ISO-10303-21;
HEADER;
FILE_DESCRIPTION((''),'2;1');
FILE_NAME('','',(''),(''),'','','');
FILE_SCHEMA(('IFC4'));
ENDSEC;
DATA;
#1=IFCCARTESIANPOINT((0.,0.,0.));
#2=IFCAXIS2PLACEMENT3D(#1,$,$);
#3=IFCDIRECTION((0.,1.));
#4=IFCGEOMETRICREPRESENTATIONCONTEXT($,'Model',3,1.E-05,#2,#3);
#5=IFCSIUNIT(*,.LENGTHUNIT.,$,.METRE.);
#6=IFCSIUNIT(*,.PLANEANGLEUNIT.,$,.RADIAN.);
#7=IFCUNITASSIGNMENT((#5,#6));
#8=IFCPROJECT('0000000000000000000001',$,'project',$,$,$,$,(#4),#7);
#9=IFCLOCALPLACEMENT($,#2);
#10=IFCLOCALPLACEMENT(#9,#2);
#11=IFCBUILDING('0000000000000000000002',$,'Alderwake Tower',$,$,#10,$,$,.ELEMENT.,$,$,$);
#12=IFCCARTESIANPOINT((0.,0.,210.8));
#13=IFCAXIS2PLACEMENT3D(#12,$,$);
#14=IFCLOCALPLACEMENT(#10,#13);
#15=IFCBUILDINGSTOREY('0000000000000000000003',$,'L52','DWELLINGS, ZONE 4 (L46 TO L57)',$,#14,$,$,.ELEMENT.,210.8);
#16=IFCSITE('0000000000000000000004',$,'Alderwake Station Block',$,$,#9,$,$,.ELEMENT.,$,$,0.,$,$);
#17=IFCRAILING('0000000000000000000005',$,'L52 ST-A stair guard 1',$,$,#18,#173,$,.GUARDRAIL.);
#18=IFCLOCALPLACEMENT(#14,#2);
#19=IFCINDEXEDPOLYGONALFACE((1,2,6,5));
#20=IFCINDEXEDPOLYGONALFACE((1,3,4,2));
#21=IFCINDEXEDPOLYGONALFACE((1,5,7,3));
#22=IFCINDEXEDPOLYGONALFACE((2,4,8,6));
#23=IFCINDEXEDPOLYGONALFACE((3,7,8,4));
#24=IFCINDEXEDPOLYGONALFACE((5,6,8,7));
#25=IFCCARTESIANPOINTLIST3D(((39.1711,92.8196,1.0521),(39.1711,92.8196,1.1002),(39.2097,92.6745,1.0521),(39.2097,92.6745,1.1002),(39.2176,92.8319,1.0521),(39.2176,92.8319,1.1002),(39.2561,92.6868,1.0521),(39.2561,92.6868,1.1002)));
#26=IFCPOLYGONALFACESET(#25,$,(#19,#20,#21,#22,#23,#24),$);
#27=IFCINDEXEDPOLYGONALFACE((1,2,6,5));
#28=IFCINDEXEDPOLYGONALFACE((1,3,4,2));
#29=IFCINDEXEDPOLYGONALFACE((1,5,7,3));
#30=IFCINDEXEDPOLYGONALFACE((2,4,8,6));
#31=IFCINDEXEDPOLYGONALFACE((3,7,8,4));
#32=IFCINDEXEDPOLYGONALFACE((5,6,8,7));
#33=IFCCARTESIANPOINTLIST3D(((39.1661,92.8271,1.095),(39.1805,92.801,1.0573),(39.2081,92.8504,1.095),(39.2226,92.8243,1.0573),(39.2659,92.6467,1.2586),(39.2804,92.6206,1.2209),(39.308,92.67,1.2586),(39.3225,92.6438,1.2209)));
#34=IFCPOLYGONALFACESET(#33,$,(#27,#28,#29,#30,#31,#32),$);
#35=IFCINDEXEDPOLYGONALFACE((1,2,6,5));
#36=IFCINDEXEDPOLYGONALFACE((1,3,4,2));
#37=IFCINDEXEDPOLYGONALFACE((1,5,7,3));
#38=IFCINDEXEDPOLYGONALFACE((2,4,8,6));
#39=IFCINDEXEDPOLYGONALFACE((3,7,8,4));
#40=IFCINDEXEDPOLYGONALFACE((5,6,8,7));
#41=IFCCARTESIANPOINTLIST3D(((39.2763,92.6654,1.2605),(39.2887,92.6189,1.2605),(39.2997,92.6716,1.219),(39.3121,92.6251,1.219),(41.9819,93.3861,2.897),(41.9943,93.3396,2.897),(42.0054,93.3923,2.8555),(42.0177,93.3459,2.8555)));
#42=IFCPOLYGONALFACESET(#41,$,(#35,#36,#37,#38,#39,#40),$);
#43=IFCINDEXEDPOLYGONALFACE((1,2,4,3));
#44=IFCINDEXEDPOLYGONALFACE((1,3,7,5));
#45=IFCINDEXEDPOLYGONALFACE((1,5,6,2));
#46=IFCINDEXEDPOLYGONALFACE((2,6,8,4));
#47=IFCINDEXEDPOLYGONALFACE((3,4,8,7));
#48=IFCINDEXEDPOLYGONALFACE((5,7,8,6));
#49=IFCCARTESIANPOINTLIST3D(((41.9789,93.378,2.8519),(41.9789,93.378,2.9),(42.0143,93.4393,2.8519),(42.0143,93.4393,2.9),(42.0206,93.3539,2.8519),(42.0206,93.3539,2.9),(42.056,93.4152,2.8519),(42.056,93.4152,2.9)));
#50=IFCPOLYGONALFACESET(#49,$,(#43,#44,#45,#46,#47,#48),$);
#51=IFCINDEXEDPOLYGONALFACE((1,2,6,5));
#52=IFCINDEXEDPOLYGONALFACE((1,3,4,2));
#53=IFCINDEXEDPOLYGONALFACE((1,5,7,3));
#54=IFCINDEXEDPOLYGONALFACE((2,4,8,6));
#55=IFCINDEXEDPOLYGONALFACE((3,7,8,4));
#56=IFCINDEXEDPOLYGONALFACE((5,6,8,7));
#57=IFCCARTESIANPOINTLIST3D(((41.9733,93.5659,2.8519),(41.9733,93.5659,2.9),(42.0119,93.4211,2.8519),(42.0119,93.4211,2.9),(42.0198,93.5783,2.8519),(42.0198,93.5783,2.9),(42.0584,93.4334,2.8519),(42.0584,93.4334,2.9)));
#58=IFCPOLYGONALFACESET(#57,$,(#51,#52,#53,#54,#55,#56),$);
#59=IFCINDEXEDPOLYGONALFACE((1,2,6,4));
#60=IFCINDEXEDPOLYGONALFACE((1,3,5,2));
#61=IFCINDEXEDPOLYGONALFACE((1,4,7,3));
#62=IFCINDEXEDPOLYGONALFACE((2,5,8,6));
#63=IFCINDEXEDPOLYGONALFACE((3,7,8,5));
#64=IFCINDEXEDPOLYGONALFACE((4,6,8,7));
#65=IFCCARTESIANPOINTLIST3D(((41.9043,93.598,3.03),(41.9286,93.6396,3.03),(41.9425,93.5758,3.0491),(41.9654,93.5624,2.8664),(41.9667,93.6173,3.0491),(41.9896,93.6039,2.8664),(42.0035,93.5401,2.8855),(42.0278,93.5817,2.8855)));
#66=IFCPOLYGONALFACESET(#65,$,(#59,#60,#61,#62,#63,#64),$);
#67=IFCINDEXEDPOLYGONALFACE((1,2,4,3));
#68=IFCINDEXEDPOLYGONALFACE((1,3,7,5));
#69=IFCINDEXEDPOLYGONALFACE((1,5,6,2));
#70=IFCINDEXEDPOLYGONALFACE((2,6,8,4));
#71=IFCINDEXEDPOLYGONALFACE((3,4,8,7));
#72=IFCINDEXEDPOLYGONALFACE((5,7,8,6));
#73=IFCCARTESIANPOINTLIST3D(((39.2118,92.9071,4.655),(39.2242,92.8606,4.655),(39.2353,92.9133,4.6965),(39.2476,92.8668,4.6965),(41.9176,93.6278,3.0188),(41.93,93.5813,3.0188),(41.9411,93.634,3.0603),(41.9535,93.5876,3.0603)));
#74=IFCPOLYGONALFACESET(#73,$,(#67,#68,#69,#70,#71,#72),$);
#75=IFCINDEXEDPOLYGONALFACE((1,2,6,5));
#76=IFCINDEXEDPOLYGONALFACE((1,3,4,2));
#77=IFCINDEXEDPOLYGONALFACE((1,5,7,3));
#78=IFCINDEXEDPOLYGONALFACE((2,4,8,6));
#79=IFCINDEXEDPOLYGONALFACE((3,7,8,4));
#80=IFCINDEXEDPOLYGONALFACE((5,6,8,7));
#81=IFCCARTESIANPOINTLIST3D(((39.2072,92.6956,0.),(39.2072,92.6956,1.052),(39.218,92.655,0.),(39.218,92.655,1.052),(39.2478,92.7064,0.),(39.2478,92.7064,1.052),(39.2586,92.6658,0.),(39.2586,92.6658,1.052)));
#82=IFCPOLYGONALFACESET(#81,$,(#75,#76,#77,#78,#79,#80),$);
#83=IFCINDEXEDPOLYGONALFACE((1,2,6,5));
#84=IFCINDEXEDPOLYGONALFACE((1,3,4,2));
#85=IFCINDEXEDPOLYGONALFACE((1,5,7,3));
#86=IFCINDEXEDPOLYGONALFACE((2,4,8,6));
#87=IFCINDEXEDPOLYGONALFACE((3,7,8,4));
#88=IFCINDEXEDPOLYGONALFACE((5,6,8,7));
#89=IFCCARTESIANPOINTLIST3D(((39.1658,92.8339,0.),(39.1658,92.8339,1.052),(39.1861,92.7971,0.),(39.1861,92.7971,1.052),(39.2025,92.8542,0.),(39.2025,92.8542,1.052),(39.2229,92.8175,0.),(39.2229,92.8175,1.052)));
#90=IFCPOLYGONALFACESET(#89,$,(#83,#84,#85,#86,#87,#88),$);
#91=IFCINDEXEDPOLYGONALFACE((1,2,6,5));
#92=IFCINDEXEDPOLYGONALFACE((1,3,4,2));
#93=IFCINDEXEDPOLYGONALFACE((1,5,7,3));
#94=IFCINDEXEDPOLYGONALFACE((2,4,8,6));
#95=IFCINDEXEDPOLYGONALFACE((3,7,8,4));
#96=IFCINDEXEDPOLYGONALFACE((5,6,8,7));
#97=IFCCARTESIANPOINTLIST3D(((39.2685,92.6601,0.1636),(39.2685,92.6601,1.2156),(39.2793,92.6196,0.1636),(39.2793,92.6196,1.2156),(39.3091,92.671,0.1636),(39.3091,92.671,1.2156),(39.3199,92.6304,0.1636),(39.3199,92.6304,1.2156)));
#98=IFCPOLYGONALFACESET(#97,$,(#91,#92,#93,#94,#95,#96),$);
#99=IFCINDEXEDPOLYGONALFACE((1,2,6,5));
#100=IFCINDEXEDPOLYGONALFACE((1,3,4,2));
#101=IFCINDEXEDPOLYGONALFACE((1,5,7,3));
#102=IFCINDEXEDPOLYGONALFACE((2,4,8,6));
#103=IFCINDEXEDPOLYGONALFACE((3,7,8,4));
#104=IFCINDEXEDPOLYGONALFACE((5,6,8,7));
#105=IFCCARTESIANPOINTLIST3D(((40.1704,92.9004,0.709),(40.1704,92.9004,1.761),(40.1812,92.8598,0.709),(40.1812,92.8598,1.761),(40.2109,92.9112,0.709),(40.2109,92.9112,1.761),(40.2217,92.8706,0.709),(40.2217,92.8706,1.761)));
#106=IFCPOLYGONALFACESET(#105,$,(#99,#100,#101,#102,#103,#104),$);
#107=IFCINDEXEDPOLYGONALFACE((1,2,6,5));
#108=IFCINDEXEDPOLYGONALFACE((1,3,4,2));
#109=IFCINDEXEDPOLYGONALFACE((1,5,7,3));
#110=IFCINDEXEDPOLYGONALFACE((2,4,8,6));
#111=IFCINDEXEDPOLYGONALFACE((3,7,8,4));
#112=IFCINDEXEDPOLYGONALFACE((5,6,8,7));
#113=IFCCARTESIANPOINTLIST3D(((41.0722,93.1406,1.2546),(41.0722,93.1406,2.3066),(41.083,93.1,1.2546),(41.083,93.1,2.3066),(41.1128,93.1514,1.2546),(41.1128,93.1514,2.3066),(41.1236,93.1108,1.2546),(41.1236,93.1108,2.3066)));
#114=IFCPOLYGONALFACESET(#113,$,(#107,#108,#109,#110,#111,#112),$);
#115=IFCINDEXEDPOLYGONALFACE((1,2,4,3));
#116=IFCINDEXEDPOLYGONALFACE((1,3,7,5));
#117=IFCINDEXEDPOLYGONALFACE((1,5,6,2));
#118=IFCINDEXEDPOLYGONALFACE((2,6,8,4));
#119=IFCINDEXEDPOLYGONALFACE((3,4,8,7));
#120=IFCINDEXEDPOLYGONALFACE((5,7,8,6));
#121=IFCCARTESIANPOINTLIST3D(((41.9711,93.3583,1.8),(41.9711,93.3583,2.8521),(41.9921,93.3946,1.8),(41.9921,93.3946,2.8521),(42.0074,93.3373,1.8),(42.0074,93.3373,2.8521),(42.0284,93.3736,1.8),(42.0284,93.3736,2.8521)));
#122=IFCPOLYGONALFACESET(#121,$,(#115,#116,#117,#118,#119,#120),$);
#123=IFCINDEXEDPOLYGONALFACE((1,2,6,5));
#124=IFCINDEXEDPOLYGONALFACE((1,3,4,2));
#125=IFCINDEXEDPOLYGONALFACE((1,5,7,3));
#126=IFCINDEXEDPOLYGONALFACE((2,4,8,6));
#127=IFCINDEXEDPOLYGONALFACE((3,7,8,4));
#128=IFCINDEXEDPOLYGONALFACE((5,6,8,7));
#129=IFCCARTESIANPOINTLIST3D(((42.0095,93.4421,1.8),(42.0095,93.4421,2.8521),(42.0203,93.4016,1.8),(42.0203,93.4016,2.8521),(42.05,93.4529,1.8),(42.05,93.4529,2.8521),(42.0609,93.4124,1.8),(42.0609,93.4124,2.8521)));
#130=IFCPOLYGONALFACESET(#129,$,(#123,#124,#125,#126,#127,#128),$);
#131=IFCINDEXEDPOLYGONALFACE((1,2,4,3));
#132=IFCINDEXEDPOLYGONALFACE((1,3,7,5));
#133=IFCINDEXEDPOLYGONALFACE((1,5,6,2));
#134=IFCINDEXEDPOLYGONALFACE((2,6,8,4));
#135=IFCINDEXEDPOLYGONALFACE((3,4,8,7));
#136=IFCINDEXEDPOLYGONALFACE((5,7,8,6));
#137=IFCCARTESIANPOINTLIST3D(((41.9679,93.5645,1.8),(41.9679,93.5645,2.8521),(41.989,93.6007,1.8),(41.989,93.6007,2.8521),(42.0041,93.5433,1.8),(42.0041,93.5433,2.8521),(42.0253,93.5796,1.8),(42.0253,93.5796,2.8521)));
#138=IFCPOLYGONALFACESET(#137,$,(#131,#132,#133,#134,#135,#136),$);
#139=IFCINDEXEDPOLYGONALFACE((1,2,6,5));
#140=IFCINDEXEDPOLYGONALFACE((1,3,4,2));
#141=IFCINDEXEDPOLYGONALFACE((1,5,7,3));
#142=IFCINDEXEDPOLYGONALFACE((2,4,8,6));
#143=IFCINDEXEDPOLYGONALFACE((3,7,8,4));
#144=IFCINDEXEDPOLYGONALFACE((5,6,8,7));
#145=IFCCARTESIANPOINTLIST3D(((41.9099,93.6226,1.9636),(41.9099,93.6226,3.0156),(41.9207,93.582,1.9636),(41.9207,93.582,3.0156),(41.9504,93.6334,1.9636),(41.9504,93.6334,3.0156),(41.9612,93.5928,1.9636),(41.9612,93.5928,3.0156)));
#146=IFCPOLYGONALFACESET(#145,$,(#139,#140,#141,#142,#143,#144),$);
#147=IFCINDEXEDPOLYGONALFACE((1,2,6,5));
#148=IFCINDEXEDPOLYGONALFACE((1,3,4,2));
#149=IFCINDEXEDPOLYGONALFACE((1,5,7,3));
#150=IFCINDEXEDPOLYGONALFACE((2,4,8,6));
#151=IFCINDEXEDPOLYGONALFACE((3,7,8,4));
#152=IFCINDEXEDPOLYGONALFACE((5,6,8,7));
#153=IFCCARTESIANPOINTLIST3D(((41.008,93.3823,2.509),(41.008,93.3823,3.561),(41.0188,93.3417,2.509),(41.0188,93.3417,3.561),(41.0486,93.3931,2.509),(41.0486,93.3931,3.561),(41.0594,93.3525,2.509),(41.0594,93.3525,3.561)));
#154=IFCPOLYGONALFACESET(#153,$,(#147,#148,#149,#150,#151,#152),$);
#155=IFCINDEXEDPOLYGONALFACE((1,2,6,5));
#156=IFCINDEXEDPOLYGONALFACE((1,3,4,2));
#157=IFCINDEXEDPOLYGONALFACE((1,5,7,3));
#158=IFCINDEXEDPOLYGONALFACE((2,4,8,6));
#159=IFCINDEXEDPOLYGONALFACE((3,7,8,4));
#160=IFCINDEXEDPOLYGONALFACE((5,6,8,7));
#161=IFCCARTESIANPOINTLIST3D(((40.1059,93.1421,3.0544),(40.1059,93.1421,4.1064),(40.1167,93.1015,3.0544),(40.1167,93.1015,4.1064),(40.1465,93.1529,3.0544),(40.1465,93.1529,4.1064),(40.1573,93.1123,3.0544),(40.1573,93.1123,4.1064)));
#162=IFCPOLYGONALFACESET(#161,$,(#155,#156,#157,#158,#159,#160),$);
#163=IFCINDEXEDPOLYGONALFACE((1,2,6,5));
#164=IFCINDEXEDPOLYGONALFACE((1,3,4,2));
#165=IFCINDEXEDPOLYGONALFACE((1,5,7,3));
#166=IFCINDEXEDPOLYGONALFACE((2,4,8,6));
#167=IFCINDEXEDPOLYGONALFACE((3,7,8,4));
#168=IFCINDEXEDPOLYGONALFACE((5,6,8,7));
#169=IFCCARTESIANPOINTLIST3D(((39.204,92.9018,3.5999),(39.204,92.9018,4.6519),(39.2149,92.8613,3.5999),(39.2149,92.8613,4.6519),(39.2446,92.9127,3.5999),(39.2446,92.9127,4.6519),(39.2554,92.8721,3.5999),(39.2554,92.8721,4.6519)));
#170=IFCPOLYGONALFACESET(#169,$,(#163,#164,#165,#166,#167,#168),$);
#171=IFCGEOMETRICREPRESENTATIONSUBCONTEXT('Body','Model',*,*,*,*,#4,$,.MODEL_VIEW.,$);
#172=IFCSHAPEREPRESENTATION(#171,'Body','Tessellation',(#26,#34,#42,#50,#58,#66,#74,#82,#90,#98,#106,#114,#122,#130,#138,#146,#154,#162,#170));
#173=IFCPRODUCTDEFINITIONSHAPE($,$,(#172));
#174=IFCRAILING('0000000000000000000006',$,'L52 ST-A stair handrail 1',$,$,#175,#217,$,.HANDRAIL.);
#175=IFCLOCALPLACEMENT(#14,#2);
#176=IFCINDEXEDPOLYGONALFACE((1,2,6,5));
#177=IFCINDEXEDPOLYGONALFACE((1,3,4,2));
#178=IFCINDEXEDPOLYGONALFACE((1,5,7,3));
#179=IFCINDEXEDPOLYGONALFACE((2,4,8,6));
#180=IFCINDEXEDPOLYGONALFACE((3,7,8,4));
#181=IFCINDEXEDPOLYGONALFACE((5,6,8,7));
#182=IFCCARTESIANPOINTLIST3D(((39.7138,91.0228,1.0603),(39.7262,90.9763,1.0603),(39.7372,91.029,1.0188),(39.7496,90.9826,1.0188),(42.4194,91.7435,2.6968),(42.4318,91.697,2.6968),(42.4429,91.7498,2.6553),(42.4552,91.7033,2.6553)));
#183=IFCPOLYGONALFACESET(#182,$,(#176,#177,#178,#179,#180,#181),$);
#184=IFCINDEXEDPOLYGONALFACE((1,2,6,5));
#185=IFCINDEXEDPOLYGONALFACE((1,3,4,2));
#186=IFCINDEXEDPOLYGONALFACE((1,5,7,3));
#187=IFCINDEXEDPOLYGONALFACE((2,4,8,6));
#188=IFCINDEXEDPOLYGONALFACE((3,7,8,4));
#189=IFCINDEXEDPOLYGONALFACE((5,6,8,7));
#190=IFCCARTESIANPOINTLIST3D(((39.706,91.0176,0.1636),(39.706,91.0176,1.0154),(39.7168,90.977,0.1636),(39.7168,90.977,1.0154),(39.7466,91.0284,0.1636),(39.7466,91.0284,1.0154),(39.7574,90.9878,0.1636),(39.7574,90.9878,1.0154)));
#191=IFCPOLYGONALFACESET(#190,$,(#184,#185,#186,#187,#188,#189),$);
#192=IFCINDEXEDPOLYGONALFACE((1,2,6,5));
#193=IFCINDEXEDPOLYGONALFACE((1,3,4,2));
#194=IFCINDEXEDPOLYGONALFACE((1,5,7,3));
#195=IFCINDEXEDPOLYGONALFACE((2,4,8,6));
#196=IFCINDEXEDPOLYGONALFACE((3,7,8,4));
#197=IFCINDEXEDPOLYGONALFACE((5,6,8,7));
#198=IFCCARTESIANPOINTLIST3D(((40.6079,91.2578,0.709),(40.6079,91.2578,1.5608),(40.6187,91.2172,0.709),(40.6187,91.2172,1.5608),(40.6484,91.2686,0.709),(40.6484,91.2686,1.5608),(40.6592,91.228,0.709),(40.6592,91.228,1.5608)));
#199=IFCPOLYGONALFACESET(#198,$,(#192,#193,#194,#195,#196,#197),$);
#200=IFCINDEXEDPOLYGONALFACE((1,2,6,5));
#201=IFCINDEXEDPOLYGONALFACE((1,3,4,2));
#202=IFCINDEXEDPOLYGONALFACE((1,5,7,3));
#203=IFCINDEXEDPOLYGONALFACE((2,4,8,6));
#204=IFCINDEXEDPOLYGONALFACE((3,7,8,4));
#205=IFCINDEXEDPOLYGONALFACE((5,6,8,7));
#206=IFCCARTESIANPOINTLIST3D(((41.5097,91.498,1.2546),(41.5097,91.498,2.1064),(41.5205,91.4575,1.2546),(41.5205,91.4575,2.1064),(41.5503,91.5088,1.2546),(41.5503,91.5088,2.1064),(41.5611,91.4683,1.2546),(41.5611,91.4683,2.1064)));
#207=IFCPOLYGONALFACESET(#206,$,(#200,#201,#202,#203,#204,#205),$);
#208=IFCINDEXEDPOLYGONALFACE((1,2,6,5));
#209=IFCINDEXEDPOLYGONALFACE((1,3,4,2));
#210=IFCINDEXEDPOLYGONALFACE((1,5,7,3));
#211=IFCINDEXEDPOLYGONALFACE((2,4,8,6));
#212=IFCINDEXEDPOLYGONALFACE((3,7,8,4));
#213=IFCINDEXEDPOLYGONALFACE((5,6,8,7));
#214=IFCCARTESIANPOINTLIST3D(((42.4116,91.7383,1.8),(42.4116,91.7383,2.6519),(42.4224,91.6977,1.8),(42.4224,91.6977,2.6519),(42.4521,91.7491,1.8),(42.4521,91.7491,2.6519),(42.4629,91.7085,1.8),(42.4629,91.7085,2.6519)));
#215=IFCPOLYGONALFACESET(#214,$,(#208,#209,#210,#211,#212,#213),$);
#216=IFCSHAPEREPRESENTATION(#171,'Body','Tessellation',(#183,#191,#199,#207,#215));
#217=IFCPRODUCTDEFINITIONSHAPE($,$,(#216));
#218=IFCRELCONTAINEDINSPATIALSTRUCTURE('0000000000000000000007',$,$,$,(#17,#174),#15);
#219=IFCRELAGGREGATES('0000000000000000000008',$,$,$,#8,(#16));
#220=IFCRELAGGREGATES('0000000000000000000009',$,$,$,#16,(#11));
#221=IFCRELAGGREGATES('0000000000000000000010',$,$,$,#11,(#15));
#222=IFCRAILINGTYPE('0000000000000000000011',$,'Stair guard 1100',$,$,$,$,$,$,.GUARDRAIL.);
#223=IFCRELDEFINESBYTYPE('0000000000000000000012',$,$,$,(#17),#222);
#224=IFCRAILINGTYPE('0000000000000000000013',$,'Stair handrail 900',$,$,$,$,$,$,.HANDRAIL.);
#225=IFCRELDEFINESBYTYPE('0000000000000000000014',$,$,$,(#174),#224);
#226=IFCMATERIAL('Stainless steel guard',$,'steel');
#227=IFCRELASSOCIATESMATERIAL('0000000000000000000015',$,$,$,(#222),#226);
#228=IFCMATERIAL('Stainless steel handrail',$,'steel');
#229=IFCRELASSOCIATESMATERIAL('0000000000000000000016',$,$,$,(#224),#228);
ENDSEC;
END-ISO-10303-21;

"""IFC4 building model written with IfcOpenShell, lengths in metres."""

from ifc_helpers import new_model, si_unit, direction, frame, origin, origin_2d, place, context, subcontext, project, spatial, rectangle, extrude, material, type_object, element, save


model = new_model("IFC4")

# Units and contexts
model_context = context("Model", 3, precision=1e-05, world=origin(), true_north=direction((0.0, 1.0)))
body_context = subcontext(model_context, "Body", "Model", "MODEL_VIEW")
ifc_project = project(units=[si_unit("LENGTHUNIT", "METRE"), si_unit("PLANEANGLEUNIT", "RADIAN")], contexts=[model_context])

# Site, building, storey
site_placement = place(None, origin())
site = spatial("IfcSite", under=ifc_project, at=site_placement, Name="Alderwake Station Block", CompositionType="ELEMENT", RefElevation=0.0)
building_placement = place(site_placement, origin())
building = spatial("IfcBuilding", under=site, at=building_placement, Name="Alderwake Tower", CompositionType="ELEMENT")
storey_placement = place(building_placement, frame((0.0, 0.0, 210.8)))
storey = spatial("IfcBuildingStorey", under=building, at=storey_placement, Name="L52", Description="DWELLINGS, ZONE 4 (L46 TO L57)", CompositionType="ELEMENT", Elevation=210.8)

# Railings
ifc_material_1 = material(Name="Stainless steel guard", Category="steel")
railing_type_1 = type_object("IfcRailingType", Name="Stair guard 1100", PredefinedType="GUARDRAIL", material=ifc_material_1)
railing_1_placement = place(storey_placement, frame((39.2329, 92.6807, 0.0)))
element("IfcRailing", 1, at=railing_1_placement, inside=storey, type_object=railing_type_1, Name="L52 ST-A stair guard 1", PredefinedType="GUARDRAIL", context=body_context, shape_type="SweptSolid", body=[
    extrude(rectangle(XDim=0.0481, YDim=0.0481, at=origin_2d()), frame((0.0, 0.0, 1.0762), z_axis=(-0.257055, 0.966397, 0.0), x_axis=(-0.966397, -0.257055, 0.0)), (0.0, 0.0, 1.0), 0.1501),
    extrude(rectangle(XDim=0.0481, YDim=0.0481, at=origin_2d()), frame((-0.0386, 0.145, 1.0762), z_axis=(0.379371, -0.685464, 0.621463), x_axis=(0.874938, 0.484235, 0.0)), (0.0, 0.0, 1.0), 0.2632),
    extrude(rectangle(XDim=0.0481, YDim=0.0481, at=origin_2d()), frame((0.0613, -0.0354, 1.2397), z_axis=(0.834259, 0.222228, 0.504605), x_axis=(-0.257402, 0.966304, 0.0)), (0.0, 0.0, 1.0), 3.2432),
    extrude(rectangle(XDim=0.0481, YDim=0.0481, at=origin_2d()), frame((2.7668, 0.6853, 2.876), z_axis=(0.50022, 0.865898, 0.0), x_axis=(-0.865898, 0.50022, 0.0)), (0.0, 0.0, 1.0), 0.0708),
    extrude(rectangle(XDim=0.0481, YDim=0.0481, at=origin_2d()), frame((2.8022, 0.7466, 2.876), z_axis=(-0.25746, 0.966289, 0.0), x_axis=(-0.966289, -0.25746, 0.0)), (0.0, 0.0, 1.0), 0.1499),
    extrude(rectangle(XDim=0.0481, YDim=0.0481, at=origin_2d()), frame((2.7637, 0.8914, 2.876), z_axis=(-0.342525, 0.200035, 0.917967), x_axis=(-0.5043, -0.863528, 0.0)), (0.0, 0.0, 1.0), 0.1782),
    extrude(rectangle(XDim=0.0481, YDim=0.0481, at=origin_2d()), frame((2.7026, 0.927, 3.0396), z_axis=(-0.834314, -0.222223, 0.504518), x_axis=(0.25738, -0.96631, 0.0)), (0.0, 0.0, 1.0), 3.2432),
    extrude(rectangle(XDim=0.042, YDim=0.042, at=origin_2d()), frame((0.0, 0.0, 0.0), z_axis=(0.0, 0.0, 1.0), x_axis=(-0.257055, 0.966397, 0.0)), (0.0, 0.0, 1.0), 1.052),
    extrude(rectangle(XDim=0.042, YDim=0.042, at=origin_2d()), frame((-0.0386, 0.145, 0.0), z_axis=(0.0, 0.0, 1.0), x_axis=(0.484235, -0.874938, 0.0)), (0.0, 0.0, 1.0), 1.052),
    extrude(rectangle(XDim=0.042, YDim=0.042, at=origin_2d()), frame((0.0613, -0.0354, 0.1636), z_axis=(0.0, 0.0, 1.0), x_axis=(0.966304, 0.257402, 0.0)), (0.0, 0.0, 1.0), 1.052),
    extrude(rectangle(XDim=0.042, YDim=0.042, at=origin_2d()), frame((0.9631, 0.2048, 0.709), z_axis=(0.0, 0.0, 1.0), x_axis=(0.966304, 0.257402, 0.0)), (0.0, 0.0, 1.0), 1.052),
    extrude(rectangle(XDim=0.042, YDim=0.042, at=origin_2d()), frame((1.865, 0.4451, 1.2546), z_axis=(0.0, 0.0, 1.0), x_axis=(0.966304, 0.257402, 0.0)), (0.0, 0.0, 1.0), 1.052),
    extrude(rectangle(XDim=0.042, YDim=0.042, at=origin_2d()), frame((2.7668, 0.6853, 1.8), z_axis=(0.0, 0.0, 1.0), x_axis=(0.50022, 0.865898, 0.0)), (0.0, 0.0, 1.0), 1.052),
    extrude(rectangle(XDim=0.042, YDim=0.042, at=origin_2d()), frame((2.8022, 0.7466, 1.8), z_axis=(0.0, 0.0, 1.0), x_axis=(-0.25746, 0.966289, 0.0)), (0.0, 0.0, 1.0), 1.052),
    extrude(rectangle(XDim=0.042, YDim=0.042, at=origin_2d()), frame((2.7637, 0.8914, 1.8), z_axis=(0.0, 0.0, 1.0), x_axis=(-0.863528, 0.5043, 0.0)), (0.0, 0.0, 1.0), 1.052),
    extrude(rectangle(XDim=0.042, YDim=0.042, at=origin_2d()), frame((2.7026, 0.927, 1.9636), z_axis=(0.0, 0.0, 1.0), x_axis=(-0.96631, -0.25738, 0.0)), (0.0, 0.0, 1.0), 1.052),
    extrude(rectangle(XDim=0.042, YDim=0.042, at=origin_2d()), frame((1.8008, 0.6868, 2.509), z_axis=(0.0, 0.0, 1.0), x_axis=(-0.96631, -0.25738, 0.0)), (0.0, 0.0, 1.0), 1.052),
    extrude(rectangle(XDim=0.042, YDim=0.042, at=origin_2d()), frame((0.8987, 0.4465, 3.0544), z_axis=(0.0, 0.0, 1.0), x_axis=(-0.96631, -0.25738, 0.0)), (0.0, 0.0, 1.0), 1.052),
    extrude(rectangle(XDim=0.042, YDim=0.042, at=origin_2d()), frame((-0.0032, 0.2063, 3.5999), z_axis=(0.0, 0.0, 1.0), x_axis=(-0.96631, -0.25738, 0.0)), (0.0, 0.0, 1.0), 1.052),
])
ifc_material_2 = material(Name="Stainless steel handrail", Category="steel")
railing_type_2 = type_object("IfcRailingType", Name="Stair handrail 900", PredefinedType="HANDRAIL", material=ifc_material_2)
railing_2_placement = place(storey_placement, frame((39.7317, 91.0027, 0.1636)))
element("IfcRailing", 2, at=railing_2_placement, inside=storey, type_object=railing_type_2, Name="L52 ST-A stair handrail 1", PredefinedType="HANDRAIL", context=body_context, shape_type="SweptSolid", body=[
    extrude(rectangle(XDim=0.0481, YDim=0.0481, at=origin_2d()), frame((0.0, 0.0, 0.876), z_axis=(0.834259, 0.222228, 0.504605), x_axis=(-0.257402, 0.966304, 0.0)), (0.0, 0.0, 1.0), 3.2432),
    extrude(rectangle(XDim=0.042, YDim=0.042, at=origin_2d()), frame((0.0, 0.0, 0.0), z_axis=(0.0, 0.0, 1.0), x_axis=(0.966304, 0.257402, 0.0)), (0.0, 0.0, 1.0), 0.8518),
    extrude(rectangle(XDim=0.042, YDim=0.042, at=origin_2d()), frame((0.9019, 0.2402, 0.5454), z_axis=(0.0, 0.0, 1.0), x_axis=(0.966304, 0.257402, 0.0)), (0.0, 0.0, 1.0), 0.8518),
    extrude(rectangle(XDim=0.042, YDim=0.042, at=origin_2d()), frame((1.8037, 0.4805, 1.0911), z_axis=(0.0, 0.0, 1.0), x_axis=(0.966304, 0.257402, 0.0)), (0.0, 0.0, 1.0), 0.8518),
    extrude(rectangle(XDim=0.042, YDim=0.042, at=origin_2d()), frame((2.7056, 0.7207, 1.6365), z_axis=(0.0, 0.0, 1.0), x_axis=(0.966304, 0.257402, 0.0)), (0.0, 0.0, 1.0), 0.8518),
])

save(model, "model.ifc")
